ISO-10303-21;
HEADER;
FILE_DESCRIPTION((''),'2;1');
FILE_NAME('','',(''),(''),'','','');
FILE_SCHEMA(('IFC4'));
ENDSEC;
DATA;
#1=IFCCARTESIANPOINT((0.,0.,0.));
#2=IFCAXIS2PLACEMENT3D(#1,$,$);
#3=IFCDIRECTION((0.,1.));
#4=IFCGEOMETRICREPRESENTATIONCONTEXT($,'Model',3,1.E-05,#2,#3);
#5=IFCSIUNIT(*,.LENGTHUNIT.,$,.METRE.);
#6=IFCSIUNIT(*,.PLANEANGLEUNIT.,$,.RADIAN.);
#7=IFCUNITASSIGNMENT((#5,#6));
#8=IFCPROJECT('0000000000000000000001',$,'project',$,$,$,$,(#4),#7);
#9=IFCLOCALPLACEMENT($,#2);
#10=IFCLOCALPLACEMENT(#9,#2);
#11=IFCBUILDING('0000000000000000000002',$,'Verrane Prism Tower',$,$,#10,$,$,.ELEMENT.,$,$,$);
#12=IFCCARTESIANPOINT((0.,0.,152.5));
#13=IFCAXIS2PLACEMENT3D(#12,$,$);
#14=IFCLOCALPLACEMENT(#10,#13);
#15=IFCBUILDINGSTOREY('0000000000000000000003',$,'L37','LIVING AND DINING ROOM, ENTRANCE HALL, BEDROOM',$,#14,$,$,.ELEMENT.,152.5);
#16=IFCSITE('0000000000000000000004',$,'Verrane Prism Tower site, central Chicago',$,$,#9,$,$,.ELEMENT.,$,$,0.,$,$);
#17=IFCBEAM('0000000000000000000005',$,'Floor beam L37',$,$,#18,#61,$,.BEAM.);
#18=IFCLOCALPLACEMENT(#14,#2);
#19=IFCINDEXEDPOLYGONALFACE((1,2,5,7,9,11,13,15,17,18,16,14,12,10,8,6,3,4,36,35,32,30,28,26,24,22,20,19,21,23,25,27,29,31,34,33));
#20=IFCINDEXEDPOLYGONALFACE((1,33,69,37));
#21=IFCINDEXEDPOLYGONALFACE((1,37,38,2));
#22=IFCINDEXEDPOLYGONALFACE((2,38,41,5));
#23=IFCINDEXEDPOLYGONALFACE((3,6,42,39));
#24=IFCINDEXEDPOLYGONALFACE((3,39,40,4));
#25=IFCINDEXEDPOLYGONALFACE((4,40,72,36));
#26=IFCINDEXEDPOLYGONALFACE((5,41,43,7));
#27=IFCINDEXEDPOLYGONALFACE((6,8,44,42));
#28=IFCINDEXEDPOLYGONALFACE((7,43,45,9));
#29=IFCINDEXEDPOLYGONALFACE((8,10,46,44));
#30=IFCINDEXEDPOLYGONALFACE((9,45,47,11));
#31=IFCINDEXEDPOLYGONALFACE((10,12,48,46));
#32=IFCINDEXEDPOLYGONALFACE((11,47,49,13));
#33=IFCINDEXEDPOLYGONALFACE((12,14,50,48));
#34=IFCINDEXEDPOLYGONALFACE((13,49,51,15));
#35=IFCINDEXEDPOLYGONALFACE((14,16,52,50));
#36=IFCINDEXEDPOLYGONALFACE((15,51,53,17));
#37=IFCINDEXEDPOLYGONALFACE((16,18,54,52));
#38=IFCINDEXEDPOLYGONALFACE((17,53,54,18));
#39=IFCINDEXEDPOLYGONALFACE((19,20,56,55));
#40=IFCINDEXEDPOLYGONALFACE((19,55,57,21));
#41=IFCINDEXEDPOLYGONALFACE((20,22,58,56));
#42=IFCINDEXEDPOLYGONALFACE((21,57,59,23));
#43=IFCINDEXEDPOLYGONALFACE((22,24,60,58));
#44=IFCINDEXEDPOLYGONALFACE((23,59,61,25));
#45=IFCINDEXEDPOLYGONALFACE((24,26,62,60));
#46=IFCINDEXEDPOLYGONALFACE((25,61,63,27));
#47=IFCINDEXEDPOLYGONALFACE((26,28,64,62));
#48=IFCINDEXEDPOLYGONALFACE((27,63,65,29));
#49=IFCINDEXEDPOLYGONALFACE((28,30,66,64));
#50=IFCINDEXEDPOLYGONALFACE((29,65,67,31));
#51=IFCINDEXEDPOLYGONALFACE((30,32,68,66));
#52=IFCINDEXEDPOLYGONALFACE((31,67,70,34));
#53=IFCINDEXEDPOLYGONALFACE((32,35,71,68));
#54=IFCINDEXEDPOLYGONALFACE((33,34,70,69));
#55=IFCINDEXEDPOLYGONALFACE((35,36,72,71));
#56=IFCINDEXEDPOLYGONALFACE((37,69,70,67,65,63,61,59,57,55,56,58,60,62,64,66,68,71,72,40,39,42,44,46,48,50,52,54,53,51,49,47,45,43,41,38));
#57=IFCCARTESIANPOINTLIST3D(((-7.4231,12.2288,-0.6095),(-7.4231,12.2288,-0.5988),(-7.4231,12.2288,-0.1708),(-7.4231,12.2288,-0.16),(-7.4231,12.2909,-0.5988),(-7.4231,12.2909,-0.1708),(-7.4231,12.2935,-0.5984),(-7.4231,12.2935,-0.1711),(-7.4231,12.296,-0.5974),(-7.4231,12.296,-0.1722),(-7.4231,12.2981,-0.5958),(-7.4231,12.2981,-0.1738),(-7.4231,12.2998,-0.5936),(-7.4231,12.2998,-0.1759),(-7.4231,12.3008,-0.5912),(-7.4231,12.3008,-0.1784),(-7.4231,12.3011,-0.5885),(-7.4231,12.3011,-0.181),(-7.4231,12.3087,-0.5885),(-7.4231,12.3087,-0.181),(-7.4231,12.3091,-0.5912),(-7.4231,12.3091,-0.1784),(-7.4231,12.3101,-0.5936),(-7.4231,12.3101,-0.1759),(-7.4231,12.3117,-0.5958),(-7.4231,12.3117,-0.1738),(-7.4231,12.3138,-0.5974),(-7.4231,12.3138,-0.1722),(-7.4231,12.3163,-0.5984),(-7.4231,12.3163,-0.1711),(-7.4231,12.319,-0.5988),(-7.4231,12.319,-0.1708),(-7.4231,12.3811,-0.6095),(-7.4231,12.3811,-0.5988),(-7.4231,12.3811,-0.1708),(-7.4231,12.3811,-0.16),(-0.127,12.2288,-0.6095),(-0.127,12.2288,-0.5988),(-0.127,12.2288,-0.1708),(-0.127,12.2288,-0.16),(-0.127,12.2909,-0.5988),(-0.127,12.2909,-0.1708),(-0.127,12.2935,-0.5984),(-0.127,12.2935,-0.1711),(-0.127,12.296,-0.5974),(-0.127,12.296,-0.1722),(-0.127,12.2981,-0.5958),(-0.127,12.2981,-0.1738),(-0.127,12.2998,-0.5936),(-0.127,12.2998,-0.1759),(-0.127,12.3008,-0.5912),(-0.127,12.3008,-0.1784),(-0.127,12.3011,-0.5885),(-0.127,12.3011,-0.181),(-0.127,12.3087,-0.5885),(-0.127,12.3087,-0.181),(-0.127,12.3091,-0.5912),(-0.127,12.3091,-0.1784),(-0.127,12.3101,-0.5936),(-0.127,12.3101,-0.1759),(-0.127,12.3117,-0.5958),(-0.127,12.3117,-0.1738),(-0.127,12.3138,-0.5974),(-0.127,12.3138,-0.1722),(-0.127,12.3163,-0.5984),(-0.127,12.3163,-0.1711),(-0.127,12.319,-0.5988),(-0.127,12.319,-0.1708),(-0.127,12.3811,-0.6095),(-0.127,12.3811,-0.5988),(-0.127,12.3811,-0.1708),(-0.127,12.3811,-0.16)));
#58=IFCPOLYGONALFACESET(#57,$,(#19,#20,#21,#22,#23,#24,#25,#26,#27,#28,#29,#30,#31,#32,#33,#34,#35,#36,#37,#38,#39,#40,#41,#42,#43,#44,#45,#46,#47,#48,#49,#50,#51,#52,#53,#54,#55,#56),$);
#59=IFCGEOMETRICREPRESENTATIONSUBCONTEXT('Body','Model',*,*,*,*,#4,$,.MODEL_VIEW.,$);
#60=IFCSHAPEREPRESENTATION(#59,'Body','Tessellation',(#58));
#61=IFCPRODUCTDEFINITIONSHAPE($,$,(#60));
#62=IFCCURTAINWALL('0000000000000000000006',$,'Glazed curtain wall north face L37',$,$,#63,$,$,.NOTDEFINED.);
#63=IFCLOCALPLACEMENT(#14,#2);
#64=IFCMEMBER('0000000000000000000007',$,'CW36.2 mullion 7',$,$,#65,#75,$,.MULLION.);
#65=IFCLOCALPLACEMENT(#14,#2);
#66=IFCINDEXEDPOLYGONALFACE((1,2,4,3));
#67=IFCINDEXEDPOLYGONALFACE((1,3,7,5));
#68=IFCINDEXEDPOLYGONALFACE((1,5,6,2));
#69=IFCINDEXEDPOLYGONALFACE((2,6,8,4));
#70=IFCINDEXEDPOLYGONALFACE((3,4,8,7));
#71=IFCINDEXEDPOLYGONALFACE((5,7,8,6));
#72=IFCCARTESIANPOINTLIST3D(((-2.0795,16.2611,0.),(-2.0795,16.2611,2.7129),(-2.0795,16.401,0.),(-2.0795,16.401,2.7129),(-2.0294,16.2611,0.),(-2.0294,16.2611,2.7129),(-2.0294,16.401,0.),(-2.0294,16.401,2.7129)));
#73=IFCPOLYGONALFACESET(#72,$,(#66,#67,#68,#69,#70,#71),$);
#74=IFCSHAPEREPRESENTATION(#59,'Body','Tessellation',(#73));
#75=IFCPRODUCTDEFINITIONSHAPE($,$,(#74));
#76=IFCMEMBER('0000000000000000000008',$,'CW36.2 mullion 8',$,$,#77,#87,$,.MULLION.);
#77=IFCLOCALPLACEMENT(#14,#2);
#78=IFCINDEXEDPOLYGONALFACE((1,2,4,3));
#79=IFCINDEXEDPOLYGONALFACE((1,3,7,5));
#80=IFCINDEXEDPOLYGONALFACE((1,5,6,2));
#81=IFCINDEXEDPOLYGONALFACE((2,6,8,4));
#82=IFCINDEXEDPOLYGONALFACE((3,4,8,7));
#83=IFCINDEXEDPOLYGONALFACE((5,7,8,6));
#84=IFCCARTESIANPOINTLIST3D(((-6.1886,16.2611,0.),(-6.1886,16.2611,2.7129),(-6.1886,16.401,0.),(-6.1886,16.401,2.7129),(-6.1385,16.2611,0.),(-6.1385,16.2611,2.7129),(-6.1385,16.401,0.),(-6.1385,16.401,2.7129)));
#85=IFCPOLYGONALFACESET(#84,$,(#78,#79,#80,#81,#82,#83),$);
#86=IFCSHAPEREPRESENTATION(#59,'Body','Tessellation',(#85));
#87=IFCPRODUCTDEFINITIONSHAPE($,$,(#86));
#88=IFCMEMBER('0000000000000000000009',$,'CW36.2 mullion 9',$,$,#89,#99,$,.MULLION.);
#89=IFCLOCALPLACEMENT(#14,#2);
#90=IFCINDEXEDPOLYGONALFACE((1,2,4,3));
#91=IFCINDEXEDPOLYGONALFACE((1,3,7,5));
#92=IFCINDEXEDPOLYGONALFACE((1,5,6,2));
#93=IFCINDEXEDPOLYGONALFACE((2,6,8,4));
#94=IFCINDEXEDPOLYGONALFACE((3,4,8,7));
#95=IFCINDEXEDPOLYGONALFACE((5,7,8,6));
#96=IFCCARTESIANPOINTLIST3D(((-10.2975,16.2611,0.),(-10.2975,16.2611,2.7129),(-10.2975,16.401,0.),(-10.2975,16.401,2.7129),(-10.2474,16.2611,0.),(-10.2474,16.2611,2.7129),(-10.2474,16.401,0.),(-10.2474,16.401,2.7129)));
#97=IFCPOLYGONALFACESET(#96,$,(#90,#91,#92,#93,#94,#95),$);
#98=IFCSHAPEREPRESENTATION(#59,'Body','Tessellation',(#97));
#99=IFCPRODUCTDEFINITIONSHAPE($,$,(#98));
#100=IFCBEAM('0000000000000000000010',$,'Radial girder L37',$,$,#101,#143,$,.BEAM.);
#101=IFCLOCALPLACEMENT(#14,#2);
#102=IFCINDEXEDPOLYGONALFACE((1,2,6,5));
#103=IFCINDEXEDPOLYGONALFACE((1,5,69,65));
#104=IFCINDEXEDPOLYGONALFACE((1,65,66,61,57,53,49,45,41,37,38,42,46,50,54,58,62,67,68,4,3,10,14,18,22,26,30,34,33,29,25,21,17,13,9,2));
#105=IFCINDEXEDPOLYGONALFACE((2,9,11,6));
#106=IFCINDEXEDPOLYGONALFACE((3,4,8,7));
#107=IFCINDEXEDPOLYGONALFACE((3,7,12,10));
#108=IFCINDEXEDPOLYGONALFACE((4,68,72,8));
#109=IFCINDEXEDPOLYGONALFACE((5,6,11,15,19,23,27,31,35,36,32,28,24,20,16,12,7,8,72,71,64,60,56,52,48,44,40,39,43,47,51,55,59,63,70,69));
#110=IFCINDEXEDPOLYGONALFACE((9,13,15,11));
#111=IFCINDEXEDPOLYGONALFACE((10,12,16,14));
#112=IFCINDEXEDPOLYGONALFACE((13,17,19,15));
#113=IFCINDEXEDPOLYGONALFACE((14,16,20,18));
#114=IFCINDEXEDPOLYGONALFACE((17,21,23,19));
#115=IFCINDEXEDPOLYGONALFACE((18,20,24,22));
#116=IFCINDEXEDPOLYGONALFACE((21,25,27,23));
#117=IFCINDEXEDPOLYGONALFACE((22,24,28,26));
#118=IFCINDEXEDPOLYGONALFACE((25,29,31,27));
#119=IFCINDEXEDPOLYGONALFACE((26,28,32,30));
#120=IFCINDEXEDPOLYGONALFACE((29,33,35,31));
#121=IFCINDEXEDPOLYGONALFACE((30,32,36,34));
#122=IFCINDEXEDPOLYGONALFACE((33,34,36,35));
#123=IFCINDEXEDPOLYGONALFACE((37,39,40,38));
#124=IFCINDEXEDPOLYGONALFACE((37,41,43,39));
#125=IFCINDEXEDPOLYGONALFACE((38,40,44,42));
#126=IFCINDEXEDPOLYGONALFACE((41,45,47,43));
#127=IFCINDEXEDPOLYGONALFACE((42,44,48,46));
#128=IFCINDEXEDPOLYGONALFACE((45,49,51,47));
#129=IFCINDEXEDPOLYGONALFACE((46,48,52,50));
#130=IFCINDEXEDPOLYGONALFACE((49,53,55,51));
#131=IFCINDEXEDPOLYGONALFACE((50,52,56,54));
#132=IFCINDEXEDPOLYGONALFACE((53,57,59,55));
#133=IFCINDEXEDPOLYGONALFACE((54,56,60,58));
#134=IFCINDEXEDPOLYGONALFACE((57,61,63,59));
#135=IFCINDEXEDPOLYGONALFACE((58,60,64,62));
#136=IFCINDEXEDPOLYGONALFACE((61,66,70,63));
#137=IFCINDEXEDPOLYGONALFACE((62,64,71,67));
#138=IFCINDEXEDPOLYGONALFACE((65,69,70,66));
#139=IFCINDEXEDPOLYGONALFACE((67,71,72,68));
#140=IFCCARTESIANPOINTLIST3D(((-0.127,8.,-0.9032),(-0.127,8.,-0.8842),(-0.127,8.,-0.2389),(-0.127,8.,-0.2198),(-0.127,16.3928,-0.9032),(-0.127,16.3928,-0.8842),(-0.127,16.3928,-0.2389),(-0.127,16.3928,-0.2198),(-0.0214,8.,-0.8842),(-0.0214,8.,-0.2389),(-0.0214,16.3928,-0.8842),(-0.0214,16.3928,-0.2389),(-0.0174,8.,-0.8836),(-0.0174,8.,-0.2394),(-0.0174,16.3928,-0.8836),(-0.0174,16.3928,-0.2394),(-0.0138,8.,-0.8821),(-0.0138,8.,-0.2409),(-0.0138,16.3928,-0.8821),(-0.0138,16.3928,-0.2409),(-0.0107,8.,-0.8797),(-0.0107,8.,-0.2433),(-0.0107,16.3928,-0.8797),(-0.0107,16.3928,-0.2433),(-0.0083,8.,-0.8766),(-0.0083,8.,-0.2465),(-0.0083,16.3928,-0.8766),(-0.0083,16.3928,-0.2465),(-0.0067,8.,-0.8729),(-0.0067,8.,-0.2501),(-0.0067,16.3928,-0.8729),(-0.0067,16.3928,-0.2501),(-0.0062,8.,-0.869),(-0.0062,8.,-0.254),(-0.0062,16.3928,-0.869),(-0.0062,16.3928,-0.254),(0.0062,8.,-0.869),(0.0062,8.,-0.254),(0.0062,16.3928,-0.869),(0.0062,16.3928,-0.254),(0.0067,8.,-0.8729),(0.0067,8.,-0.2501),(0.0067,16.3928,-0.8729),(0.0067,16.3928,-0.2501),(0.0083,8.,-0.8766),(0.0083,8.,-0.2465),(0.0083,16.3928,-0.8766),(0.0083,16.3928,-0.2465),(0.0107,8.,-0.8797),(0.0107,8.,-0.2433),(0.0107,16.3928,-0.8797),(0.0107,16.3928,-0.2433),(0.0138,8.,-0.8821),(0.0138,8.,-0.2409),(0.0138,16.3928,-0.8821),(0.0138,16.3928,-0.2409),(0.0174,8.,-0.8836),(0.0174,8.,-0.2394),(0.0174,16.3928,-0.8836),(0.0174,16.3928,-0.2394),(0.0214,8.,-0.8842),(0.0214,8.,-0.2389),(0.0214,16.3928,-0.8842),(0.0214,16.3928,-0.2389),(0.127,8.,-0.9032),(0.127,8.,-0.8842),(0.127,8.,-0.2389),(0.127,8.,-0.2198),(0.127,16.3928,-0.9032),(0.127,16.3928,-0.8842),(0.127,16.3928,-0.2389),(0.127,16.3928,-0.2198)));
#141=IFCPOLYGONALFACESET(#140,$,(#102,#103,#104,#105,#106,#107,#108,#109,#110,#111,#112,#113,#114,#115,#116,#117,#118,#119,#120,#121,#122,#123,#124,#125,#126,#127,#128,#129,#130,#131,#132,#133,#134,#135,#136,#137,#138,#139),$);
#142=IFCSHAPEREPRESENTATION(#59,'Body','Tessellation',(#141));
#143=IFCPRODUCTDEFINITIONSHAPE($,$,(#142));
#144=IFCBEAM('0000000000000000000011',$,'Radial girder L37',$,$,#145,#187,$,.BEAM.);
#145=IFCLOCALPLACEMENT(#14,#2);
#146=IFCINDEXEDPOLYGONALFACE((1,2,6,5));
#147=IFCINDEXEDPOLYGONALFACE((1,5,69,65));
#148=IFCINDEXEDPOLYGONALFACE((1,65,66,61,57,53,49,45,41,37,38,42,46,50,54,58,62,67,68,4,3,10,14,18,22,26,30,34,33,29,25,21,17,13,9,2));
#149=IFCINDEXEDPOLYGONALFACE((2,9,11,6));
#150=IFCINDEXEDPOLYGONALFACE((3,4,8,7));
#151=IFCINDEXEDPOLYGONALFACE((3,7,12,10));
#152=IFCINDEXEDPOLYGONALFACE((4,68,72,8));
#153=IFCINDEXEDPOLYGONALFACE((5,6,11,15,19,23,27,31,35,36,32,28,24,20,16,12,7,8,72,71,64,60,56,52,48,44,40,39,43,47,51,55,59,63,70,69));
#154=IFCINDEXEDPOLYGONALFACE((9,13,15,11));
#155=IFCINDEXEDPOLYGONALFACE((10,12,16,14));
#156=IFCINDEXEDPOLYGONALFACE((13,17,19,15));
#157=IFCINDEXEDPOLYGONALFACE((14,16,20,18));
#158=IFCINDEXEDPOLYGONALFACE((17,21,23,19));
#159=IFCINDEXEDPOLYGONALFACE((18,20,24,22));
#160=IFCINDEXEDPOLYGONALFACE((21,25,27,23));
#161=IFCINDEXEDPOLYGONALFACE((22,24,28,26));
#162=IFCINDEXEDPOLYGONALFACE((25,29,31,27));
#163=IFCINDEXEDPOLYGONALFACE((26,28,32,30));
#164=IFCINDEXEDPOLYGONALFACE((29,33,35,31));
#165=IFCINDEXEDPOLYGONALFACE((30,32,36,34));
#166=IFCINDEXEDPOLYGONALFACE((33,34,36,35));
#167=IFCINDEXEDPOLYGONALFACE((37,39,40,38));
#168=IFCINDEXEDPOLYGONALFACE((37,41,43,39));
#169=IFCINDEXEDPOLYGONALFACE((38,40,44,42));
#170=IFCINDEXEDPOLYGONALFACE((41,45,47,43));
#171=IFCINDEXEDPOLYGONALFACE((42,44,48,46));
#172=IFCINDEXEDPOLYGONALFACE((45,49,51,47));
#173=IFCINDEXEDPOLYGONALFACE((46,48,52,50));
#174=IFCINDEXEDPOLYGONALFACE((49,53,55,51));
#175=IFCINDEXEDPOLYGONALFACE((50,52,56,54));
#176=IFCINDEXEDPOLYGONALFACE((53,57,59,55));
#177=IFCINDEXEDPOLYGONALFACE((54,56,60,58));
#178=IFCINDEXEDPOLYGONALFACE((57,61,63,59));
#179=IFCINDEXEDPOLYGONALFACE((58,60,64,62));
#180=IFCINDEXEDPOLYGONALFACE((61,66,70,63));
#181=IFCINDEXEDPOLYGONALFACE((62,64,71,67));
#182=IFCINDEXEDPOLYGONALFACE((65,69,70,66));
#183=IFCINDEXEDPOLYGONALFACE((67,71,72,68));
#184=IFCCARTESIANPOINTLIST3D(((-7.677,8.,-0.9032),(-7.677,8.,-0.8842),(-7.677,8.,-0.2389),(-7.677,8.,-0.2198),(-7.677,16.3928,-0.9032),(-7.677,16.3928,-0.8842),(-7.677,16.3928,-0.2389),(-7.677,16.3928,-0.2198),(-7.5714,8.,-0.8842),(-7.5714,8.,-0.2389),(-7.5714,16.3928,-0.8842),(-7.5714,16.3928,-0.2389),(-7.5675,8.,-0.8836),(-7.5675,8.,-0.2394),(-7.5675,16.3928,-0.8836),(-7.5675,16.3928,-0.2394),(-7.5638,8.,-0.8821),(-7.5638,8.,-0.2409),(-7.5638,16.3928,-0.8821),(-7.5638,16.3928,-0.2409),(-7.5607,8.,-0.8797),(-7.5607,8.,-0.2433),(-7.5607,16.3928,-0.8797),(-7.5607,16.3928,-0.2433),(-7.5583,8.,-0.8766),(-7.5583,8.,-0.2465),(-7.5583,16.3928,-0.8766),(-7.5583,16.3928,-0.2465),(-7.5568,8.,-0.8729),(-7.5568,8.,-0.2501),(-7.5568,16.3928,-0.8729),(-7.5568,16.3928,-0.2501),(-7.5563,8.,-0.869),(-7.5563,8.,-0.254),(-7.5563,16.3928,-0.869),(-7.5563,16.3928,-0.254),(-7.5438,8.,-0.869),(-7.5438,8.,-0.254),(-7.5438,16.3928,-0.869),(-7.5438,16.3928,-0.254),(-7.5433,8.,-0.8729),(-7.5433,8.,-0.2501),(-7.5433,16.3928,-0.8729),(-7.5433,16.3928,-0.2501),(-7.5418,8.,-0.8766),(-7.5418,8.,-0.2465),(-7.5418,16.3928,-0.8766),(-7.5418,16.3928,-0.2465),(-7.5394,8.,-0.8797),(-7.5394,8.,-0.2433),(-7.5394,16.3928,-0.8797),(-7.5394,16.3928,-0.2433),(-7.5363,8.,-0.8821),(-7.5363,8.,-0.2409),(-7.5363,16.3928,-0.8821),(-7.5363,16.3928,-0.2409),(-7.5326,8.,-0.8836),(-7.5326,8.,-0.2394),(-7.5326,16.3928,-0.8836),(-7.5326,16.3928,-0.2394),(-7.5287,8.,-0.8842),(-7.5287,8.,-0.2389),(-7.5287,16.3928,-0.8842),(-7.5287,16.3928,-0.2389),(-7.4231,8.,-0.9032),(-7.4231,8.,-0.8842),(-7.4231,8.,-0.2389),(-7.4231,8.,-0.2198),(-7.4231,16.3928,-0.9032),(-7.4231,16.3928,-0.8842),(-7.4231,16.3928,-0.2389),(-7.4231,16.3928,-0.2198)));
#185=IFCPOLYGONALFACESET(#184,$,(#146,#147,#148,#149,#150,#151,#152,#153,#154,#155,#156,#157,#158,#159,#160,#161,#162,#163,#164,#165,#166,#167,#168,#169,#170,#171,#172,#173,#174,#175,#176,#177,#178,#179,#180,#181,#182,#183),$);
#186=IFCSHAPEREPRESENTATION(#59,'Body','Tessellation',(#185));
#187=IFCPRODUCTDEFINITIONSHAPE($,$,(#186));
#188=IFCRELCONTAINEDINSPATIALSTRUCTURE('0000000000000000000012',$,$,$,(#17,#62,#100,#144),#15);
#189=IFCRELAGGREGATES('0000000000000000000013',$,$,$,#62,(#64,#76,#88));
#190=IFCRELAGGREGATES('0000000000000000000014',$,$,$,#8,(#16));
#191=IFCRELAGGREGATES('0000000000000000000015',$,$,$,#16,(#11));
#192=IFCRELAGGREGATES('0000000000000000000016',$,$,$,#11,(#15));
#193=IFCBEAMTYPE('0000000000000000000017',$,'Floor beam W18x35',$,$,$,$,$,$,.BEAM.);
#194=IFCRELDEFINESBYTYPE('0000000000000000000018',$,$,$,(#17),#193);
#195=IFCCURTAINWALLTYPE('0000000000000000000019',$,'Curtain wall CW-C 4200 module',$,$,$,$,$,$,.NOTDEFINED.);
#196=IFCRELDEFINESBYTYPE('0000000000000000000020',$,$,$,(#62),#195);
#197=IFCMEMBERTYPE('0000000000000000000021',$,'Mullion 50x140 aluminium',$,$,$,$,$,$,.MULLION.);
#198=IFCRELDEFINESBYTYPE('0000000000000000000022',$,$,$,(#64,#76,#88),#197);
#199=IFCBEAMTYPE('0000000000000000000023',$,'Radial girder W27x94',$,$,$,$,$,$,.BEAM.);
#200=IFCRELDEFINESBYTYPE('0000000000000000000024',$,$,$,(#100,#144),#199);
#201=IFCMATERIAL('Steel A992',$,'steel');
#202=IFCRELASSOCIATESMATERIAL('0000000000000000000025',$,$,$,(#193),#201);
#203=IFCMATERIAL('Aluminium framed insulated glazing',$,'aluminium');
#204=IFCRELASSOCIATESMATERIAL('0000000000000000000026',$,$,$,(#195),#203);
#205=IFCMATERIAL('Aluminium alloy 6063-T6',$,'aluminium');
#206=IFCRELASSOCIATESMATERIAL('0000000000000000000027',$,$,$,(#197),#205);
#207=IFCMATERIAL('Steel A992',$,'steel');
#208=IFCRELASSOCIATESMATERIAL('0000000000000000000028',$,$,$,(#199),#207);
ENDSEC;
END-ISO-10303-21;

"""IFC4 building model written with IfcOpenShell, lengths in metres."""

from ifc_helpers import new_model, si_unit, direction, frame, origin, origin_2d, place, context, subcontext, project, spatial, rectangle, i_section, extrude, material, material_profile, profile_set, type_object, element, aggregate, save


model = new_model("IFC4")

# Units and contexts
model_context = context("Model", 3, precision=1e-05, world=origin(), true_north=direction((0.0, 1.0)))
body_context = subcontext(model_context, "Body", "Model", "MODEL_VIEW")
ifc_project = project(units=[si_unit("LENGTHUNIT", "METRE"), si_unit("PLANEANGLEUNIT", "RADIAN")], contexts=[model_context])

# Site, building, storey
site_placement = place(None, origin())
site = spatial("IfcSite", under=ifc_project, at=site_placement, Name="Verrane Prism Tower site, central Chicago", CompositionType="ELEMENT", RefElevation=0.0)
building_placement = place(site_placement, origin())
building = spatial("IfcBuilding", under=site, at=building_placement, Name="Verrane Prism Tower", CompositionType="ELEMENT")
storey_placement = place(building_placement, frame((0.0, 0.0, 152.5)))
storey = spatial("IfcBuildingStorey", under=building, at=storey_placement, Name="L37", Description="LIVING AND DINING ROOM, ENTRANCE HALL, BEDROOM", CompositionType="ELEMENT", Elevation=152.5)

# Beam
ifc_material_1 = material(Name="Steel A992", Category="steel")
ifc_material_profile_1 = material_profile(ifc_material_1, i_section(OverallWidth=0.1523, OverallDepth=0.4495, WebThickness=0.0076, FlangeThickness=0.0107, FilletRadius=0.0103, at=origin_2d()), Name="W18x35")
ifc_profile_set_1 = profile_set([ifc_material_profile_1], Name="Steel A992")
beam_type_1 = type_object("IfcBeamType", Name="Floor beam W18x35", PredefinedType="BEAM", material=ifc_profile_set_1)
beam_1_placement = place(storey_placement, frame((-7.4231, 12.3049, -0.3848), z_axis=(1.0, 0.0, 0.0), x_axis=(0.0, 1.0, 0.0)))
element("IfcBeam", 1, at=beam_1_placement, inside=storey, type_object=beam_type_1, Name="Floor beam L37", PredefinedType="BEAM", context=body_context, shape_type="SweptSolid", body=[
    extrude(i_section(OverallWidth=0.1523, OverallDepth=0.4495, WebThickness=0.0076, FlangeThickness=0.0107, FilletRadius=0.0103, at=origin_2d()), origin(), (0.0, 0.0, 1.0), 7.2961),
])

# Curtain wall, members
ifc_material_2 = material(Name="Aluminium framed insulated glazing", Category="aluminium")
curtain_wall_type = type_object("IfcCurtainWallType", Name="Curtain wall CW-C 4200 module", PredefinedType="NOTDEFINED", material=ifc_material_2)
curtain_wall_placement = place(storey_placement, origin())
curtain_wall = element("IfcCurtainWall", 2, at=curtain_wall_placement, inside=storey, type_object=curtain_wall_type, Name="Glazed curtain wall north face L37", PredefinedType="NOTDEFINED")
ifc_material_3 = material(Name="Aluminium alloy 6063-T6", Category="aluminium")
ifc_material_profile_2 = material_profile(ifc_material_3, rectangle(XDim=0.1399, YDim=0.05, at=origin_2d()), Name="Mullion 50x140 aluminium")
ifc_profile_set_2 = profile_set([ifc_material_profile_2], Name="Aluminium alloy 6063-T6")
member_type_1 = type_object("IfcMemberType", Name="Mullion 50x140 aluminium", PredefinedType="MULLION", material=ifc_profile_set_2)
member_1_placement = place(storey_placement, frame((-2.0544, 16.3311, 0.0), z_axis=(0.0, 0.0, 1.0), x_axis=(0.0, -1.0, 0.0)))
member_1 = element("IfcMember", 3, at=member_1_placement, type_object=member_type_1, Name="CW36.2 mullion 7", PredefinedType="MULLION", context=body_context, shape_type="SweptSolid", body=[
    extrude(rectangle(XDim=0.1399, YDim=0.05, at=origin_2d()), origin(), (0.0, 0.0, 1.0), 2.7129),
])
member_2_placement = place(storey_placement, frame((-6.1636, 16.3311, 0.0), z_axis=(0.0, 0.0, 1.0), x_axis=(0.0, -1.0, 0.0)))
member_2 = element("IfcMember", 4, at=member_2_placement, type_object=member_type_1, Name="CW36.2 mullion 8", PredefinedType="MULLION", context=body_context, shape_type="SweptSolid", body=[
    extrude(rectangle(XDim=0.1399, YDim=0.05, at=origin_2d()), origin(), (0.0, 0.0, 1.0), 2.7129),
])
member_3_placement = place(storey_placement, frame((-10.2725, 16.3311, 0.0), z_axis=(0.0, 0.0, 1.0), x_axis=(0.0, -1.0, 0.0)))
member_3 = element("IfcMember", 5, at=member_3_placement, type_object=member_type_1, Name="CW36.2 mullion 9", PredefinedType="MULLION", context=body_context, shape_type="SweptSolid", body=[
    extrude(rectangle(XDim=0.1399, YDim=0.05, at=origin_2d()), origin(), (0.0, 0.0, 1.0), 2.7129),
])

# Beams
ifc_material_4 = material(Name="Steel A992", Category="steel")
ifc_material_profile_3 = material_profile(ifc_material_4, i_section(OverallWidth=0.2539, OverallDepth=0.6833, WebThickness=0.0125, FlangeThickness=0.019, FilletRadius=0.0151, at=origin_2d()), Name="W27x94")
ifc_profile_set_3 = profile_set([ifc_material_profile_3], Name="Steel A992")
beam_type_2 = type_object("IfcBeamType", Name="Radial girder W27x94", PredefinedType="BEAM", material=ifc_profile_set_3)
for number, where, z_axis, x_axis, name in (
    (6, (0.0, 16.3928, -0.5615), (0.0, -1.0, 0.0), (1.0, 0.0, 0.0), "Radial girder L37"),
    (7, (-7.55, 16.3928, -0.5615), (0.0, -1.0, 0.0), (1.0, 0.0, 0.0), "Radial girder L37"),
):
    element("IfcBeam", number, at=place(storey_placement, frame(where, z_axis=z_axis, x_axis=x_axis)), inside=storey, type_object=beam_type_2, Name=name, PredefinedType="BEAM", context=body_context, shape_type="SweptSolid", body=[
        extrude(i_section(OverallWidth=0.2539, OverallDepth=0.6833, WebThickness=0.0125, FlangeThickness=0.019, FilletRadius=0.0151, at=origin_2d()), origin(), (0.0, 0.0, 1.0), 8.3928),
    ])

aggregate(curtain_wall, [member_1, member_2, member_3])

save(model, "model.ifc")
